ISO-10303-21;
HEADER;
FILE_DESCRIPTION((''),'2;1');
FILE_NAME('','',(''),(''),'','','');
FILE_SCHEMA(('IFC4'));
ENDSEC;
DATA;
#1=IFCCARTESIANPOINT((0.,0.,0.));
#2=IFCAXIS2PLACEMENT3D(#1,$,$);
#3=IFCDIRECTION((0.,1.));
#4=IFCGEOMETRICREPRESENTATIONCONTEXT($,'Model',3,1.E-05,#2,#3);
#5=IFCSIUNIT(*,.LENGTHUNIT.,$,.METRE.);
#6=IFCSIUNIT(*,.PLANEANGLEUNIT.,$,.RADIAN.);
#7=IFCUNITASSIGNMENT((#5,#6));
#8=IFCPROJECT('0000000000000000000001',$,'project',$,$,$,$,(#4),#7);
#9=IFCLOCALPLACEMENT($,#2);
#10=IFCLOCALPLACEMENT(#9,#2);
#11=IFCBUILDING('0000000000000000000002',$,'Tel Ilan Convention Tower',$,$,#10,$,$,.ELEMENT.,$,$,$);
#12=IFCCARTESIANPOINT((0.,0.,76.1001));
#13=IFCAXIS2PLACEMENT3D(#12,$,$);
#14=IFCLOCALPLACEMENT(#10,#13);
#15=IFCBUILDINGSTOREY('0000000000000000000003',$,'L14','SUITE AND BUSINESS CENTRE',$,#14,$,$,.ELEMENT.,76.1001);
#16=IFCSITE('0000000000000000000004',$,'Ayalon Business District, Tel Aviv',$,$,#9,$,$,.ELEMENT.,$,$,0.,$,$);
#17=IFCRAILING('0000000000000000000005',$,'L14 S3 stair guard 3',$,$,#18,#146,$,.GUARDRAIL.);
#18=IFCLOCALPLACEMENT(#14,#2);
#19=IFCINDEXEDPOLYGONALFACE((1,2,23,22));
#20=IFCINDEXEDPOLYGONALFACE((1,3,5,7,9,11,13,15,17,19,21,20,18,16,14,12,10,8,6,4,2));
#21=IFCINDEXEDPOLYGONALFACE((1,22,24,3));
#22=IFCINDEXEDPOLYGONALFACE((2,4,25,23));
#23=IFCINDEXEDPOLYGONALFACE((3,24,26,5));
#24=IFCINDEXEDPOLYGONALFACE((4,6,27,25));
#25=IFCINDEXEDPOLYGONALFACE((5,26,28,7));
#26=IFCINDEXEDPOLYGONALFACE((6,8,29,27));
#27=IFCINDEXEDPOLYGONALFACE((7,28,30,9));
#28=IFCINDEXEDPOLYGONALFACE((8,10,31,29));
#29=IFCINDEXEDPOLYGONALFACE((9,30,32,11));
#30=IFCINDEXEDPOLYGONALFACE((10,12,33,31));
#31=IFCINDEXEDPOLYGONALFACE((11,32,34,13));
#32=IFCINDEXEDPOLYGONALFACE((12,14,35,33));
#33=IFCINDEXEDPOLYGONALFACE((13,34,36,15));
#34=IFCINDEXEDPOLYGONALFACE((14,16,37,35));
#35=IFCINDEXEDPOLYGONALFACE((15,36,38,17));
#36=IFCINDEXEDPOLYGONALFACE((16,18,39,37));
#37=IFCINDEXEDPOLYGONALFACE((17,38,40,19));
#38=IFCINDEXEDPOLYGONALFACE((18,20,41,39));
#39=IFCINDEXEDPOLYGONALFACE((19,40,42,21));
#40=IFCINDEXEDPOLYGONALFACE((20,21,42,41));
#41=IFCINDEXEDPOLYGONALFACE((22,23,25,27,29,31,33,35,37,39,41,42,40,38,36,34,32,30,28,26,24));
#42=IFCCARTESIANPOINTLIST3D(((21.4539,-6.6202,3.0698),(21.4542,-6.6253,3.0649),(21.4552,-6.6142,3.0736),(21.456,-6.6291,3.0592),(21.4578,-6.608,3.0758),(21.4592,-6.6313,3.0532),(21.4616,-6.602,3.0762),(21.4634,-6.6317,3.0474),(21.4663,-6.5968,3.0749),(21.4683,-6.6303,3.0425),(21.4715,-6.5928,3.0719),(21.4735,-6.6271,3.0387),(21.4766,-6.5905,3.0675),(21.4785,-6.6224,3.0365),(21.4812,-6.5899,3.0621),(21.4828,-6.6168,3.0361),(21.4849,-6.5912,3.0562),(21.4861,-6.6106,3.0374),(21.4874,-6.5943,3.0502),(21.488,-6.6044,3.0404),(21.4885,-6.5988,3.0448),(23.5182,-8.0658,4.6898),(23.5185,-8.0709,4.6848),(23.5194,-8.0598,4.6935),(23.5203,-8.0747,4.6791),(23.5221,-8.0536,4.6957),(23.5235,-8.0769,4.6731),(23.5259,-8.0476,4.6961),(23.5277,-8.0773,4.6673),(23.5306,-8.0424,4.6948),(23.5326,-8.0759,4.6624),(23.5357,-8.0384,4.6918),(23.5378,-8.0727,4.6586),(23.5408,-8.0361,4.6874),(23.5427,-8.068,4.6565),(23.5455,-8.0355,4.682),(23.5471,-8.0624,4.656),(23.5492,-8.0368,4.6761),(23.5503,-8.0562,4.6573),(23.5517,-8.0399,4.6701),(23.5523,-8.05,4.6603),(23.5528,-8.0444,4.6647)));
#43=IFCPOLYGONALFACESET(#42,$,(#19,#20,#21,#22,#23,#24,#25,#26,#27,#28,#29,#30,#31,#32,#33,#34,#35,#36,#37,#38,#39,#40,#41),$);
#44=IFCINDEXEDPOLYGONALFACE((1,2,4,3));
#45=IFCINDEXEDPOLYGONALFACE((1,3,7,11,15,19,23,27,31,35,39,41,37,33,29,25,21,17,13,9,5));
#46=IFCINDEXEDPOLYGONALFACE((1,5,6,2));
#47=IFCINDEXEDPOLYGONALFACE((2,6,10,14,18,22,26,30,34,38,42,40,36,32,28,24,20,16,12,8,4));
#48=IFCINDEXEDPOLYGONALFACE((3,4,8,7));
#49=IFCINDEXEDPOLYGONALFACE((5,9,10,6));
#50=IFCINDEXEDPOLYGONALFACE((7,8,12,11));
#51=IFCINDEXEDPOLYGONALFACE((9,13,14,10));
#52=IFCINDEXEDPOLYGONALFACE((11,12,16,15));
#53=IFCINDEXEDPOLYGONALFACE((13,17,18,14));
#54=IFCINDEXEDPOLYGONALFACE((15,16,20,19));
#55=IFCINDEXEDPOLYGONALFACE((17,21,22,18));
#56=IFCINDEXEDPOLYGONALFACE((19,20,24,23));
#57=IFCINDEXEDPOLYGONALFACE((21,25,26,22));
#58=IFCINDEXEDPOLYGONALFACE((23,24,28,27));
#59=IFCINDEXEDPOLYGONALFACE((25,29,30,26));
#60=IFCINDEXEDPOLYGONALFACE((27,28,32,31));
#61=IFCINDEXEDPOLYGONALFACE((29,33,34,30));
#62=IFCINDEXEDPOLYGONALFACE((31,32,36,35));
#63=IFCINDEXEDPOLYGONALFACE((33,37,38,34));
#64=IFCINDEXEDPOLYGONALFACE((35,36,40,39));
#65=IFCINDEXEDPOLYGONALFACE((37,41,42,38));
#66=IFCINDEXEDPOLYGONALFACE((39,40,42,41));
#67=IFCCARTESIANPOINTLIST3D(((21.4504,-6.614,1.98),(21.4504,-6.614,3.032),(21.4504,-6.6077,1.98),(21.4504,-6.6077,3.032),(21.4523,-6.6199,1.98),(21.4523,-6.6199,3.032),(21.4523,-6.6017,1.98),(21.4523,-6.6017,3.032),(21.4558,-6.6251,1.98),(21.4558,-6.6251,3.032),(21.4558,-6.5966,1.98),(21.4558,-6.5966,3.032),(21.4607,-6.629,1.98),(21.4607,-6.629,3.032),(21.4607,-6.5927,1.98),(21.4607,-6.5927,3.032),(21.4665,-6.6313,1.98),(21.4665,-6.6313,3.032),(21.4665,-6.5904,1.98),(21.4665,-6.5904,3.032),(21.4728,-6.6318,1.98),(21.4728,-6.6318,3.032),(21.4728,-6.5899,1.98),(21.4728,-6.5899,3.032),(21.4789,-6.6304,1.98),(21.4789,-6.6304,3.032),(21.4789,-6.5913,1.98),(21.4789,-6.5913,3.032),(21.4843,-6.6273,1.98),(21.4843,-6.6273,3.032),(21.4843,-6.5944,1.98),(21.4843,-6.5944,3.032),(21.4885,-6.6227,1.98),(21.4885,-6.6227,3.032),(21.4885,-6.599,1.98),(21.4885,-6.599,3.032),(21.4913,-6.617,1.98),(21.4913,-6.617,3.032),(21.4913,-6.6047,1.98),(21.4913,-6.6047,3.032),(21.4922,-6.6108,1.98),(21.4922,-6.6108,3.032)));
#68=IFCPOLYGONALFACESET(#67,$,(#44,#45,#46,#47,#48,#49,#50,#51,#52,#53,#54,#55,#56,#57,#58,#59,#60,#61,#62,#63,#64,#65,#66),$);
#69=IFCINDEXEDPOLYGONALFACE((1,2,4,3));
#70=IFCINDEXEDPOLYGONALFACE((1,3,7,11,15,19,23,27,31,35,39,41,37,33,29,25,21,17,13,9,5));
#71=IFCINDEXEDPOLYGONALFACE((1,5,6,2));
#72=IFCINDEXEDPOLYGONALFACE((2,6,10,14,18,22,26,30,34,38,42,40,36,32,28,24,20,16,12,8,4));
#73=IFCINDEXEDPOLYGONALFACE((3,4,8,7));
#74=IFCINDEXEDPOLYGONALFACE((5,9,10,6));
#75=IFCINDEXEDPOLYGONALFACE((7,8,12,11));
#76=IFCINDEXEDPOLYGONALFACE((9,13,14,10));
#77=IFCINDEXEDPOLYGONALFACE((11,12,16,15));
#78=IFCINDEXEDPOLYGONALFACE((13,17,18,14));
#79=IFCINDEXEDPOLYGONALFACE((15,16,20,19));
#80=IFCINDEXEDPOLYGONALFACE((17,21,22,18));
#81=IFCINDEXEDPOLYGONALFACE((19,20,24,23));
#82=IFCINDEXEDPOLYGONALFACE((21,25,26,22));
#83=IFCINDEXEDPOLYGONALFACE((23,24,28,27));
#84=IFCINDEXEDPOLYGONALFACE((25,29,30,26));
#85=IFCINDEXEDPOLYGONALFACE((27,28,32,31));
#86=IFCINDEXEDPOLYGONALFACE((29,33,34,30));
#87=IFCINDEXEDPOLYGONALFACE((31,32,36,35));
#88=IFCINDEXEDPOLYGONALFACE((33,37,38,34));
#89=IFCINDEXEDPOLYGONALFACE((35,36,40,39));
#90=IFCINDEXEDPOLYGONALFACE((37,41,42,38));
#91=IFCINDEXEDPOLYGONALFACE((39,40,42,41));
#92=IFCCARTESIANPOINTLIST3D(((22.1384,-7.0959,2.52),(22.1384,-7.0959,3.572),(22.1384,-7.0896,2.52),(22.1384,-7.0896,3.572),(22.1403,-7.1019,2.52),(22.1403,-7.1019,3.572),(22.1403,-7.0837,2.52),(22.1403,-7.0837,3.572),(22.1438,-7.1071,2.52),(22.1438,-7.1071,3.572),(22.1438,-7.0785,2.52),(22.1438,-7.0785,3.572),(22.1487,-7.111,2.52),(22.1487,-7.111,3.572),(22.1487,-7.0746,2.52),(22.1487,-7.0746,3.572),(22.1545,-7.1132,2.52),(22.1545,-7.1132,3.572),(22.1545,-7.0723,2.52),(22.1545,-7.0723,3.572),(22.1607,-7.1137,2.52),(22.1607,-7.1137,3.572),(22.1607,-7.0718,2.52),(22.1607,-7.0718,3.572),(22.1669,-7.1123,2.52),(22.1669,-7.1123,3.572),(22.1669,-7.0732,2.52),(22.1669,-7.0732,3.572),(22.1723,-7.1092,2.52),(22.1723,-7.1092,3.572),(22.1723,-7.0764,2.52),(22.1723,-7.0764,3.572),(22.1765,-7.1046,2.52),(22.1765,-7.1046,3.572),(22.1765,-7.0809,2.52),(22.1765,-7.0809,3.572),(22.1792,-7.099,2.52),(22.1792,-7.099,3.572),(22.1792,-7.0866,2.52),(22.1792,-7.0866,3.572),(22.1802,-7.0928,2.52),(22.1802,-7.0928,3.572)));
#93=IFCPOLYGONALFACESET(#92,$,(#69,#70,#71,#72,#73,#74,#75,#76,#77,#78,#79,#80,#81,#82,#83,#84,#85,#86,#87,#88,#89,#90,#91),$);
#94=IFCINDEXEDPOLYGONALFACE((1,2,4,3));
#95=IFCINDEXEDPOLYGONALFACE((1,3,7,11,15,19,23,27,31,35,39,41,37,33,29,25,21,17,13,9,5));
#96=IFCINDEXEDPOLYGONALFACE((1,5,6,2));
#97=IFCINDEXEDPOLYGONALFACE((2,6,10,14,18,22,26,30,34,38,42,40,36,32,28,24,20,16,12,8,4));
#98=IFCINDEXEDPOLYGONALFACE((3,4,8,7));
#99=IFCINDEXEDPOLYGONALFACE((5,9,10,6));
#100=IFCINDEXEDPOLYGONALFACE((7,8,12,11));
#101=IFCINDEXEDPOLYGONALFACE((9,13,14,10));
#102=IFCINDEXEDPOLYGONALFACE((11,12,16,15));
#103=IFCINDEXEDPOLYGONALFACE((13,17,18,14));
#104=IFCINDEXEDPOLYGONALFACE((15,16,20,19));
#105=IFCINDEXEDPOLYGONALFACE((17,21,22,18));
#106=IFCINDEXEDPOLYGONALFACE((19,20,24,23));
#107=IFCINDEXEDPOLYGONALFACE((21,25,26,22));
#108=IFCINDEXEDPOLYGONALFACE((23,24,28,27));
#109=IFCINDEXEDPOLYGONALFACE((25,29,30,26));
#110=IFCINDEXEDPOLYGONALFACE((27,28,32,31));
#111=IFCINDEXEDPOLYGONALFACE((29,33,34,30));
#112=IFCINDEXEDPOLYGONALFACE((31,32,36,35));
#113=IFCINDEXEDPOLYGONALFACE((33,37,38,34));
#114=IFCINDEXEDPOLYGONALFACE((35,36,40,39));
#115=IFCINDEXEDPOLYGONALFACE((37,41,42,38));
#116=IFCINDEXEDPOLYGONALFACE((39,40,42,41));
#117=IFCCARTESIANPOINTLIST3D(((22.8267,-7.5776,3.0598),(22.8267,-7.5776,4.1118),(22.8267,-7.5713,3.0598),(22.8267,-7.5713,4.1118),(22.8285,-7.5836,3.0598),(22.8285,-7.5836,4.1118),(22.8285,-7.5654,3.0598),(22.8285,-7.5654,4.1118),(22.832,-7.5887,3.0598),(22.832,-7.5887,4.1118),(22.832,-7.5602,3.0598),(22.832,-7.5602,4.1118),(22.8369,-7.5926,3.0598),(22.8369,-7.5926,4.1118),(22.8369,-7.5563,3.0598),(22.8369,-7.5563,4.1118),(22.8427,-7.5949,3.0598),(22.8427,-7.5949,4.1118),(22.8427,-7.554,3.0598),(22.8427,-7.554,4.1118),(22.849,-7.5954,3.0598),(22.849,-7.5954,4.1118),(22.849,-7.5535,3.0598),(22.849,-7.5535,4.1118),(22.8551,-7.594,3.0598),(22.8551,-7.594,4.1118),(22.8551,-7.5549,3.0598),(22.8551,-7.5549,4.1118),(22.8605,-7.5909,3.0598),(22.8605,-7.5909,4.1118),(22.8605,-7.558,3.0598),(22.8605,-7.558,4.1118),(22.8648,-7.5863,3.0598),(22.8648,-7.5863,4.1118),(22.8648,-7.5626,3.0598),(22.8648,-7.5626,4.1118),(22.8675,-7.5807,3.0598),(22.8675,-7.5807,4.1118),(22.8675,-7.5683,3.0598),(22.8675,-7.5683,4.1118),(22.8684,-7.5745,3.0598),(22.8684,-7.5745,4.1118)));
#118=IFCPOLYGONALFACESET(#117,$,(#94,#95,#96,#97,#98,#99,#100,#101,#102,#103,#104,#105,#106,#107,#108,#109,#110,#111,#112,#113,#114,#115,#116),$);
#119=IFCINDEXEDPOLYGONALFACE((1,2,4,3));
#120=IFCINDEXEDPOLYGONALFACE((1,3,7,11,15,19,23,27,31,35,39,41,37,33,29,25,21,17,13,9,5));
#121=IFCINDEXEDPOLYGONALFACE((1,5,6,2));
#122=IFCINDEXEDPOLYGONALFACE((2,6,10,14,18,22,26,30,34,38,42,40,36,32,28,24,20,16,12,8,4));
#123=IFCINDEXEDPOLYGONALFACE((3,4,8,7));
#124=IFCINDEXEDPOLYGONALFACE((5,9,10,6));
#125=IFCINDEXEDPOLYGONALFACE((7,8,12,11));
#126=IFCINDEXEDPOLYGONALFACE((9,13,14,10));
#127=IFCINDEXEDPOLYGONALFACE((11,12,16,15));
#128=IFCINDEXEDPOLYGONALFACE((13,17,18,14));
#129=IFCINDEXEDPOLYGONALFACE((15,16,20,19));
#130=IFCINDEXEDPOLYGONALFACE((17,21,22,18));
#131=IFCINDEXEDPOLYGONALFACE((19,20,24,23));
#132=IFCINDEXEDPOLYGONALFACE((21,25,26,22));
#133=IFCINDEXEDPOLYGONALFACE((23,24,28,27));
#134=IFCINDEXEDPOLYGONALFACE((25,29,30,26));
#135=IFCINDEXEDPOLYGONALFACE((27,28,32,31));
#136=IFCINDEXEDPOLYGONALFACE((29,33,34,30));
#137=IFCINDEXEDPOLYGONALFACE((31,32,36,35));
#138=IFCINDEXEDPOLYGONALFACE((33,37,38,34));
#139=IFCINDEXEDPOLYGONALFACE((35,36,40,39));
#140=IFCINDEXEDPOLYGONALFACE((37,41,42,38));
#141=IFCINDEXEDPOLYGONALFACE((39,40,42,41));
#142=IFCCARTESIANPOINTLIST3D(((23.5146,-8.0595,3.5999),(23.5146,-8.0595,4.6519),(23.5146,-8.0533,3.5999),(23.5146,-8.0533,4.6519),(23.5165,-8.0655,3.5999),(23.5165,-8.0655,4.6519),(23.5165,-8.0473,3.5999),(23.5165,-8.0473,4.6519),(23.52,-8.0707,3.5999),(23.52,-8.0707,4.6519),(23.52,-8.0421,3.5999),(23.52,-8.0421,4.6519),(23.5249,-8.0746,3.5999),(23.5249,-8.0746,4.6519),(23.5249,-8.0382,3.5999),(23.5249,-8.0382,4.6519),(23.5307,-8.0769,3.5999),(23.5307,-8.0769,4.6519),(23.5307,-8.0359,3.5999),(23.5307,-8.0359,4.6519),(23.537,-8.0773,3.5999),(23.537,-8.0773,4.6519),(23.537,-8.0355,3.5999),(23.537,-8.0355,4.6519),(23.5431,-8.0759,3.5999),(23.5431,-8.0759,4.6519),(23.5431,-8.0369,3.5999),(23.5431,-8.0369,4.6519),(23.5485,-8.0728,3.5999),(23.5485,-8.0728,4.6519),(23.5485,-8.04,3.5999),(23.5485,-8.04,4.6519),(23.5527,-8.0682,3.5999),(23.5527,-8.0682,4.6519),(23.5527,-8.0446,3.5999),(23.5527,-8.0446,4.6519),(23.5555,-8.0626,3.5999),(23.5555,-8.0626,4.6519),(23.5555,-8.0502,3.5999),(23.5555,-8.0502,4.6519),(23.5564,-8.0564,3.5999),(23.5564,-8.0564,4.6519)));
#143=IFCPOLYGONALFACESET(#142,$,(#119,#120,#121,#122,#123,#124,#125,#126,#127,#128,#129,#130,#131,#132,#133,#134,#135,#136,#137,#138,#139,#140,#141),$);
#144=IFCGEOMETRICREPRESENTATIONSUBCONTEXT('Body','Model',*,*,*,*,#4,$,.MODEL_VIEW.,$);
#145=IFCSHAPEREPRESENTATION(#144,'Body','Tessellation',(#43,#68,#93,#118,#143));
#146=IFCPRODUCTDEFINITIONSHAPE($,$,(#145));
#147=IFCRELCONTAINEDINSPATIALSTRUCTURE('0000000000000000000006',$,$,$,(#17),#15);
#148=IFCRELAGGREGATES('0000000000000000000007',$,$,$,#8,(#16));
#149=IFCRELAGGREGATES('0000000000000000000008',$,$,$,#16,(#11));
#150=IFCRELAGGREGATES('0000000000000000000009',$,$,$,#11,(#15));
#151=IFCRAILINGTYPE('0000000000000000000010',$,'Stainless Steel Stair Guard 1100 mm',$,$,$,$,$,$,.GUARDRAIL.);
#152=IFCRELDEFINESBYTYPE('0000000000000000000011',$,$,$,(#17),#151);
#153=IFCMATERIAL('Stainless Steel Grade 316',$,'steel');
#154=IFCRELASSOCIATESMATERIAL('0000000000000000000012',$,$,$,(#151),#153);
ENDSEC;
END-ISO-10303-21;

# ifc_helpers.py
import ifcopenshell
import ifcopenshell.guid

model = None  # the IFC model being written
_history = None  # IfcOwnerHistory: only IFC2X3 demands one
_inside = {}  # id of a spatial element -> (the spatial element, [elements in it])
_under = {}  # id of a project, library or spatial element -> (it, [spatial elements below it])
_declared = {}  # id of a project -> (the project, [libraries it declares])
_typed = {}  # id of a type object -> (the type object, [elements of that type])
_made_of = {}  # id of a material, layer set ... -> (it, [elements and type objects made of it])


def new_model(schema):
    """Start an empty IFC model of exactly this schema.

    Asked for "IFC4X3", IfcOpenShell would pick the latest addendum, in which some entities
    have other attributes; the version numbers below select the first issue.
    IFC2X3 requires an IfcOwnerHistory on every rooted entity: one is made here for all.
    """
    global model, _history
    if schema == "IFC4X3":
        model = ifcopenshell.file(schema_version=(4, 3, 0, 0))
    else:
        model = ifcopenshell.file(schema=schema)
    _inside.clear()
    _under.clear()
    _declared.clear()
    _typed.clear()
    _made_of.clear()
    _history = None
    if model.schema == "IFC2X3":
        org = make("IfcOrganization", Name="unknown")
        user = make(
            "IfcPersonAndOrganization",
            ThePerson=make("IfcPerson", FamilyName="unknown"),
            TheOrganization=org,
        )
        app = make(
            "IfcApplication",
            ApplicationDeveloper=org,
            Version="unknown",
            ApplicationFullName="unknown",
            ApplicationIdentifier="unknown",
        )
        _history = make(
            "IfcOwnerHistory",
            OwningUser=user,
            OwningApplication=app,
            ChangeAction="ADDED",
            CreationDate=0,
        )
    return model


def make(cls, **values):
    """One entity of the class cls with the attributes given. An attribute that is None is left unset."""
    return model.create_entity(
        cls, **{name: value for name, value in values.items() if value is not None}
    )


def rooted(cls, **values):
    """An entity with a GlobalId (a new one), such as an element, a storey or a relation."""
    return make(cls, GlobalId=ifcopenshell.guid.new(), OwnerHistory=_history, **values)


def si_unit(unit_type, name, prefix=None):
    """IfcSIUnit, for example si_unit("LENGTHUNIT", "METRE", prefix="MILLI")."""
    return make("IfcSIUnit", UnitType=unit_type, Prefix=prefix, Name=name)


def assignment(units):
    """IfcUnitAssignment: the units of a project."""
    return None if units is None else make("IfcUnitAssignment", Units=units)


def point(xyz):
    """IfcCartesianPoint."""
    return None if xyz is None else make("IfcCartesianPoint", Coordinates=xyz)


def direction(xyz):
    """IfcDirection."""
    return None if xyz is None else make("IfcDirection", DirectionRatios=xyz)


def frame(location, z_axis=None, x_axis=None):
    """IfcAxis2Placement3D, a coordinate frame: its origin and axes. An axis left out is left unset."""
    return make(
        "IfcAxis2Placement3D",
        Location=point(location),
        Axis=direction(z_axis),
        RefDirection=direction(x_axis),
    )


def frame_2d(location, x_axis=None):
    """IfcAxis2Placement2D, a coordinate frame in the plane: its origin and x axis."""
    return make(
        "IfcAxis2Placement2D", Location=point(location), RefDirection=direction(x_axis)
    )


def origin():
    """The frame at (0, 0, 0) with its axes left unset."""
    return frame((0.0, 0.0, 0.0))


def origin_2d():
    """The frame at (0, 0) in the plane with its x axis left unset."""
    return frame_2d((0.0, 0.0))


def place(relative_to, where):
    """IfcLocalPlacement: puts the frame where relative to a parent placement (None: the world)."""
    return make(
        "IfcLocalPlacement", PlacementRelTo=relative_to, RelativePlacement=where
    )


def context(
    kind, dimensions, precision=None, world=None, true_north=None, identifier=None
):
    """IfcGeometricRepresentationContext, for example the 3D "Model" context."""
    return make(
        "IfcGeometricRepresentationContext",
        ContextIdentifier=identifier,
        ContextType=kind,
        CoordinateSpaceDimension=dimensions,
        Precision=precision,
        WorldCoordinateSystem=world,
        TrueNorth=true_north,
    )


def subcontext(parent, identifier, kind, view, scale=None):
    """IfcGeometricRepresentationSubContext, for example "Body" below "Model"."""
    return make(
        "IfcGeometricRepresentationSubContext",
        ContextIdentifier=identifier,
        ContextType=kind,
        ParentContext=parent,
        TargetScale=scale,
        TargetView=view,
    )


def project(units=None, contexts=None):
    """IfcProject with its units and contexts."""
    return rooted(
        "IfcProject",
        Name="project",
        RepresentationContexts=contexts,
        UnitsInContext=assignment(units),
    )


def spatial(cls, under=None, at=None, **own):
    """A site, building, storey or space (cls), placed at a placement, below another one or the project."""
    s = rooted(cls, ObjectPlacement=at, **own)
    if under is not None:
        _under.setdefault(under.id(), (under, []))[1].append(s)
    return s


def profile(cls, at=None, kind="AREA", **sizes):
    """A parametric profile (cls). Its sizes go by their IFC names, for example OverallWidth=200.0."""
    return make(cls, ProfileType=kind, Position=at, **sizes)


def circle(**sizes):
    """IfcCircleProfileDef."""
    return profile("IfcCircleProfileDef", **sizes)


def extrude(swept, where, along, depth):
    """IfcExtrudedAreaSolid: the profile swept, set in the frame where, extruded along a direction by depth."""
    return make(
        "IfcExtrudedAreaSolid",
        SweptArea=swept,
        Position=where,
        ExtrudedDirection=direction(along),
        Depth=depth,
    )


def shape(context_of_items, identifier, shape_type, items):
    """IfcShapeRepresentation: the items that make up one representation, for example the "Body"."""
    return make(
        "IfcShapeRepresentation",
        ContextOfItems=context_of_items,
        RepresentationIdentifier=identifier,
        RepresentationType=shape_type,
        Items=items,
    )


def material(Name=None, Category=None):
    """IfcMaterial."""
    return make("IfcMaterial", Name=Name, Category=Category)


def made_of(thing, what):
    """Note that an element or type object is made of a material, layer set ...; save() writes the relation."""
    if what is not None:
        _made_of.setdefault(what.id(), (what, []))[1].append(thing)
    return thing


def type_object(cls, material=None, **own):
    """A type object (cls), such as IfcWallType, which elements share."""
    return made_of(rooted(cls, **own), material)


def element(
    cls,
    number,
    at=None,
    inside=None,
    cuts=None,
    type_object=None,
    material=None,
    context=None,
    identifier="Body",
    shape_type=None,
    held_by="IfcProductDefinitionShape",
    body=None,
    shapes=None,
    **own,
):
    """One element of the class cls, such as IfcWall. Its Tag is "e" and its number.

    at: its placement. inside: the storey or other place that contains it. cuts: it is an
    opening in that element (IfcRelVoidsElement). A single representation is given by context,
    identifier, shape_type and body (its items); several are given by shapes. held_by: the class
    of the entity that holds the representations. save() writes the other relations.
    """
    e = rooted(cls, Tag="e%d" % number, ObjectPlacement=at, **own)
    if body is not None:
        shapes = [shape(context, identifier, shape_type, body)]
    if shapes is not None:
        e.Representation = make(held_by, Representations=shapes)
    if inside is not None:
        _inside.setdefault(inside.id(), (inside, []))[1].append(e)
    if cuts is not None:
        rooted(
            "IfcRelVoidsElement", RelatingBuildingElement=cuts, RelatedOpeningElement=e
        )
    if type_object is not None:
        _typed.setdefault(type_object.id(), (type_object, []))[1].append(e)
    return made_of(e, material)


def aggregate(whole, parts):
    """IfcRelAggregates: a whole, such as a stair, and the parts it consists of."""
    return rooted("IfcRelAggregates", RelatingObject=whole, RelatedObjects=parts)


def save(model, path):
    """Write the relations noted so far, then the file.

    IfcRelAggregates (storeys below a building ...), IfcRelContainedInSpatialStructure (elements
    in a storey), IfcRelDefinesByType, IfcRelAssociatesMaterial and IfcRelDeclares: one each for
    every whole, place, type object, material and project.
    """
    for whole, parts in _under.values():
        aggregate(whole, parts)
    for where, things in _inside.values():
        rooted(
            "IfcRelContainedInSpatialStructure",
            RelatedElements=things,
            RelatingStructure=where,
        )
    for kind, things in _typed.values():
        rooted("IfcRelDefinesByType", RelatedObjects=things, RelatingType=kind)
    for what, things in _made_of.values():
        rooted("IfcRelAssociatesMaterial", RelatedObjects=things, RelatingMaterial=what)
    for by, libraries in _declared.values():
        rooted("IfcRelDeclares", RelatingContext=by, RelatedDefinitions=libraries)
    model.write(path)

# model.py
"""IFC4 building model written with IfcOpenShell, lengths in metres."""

from ifc_helpers import new_model, si_unit, direction, frame, origin, origin_2d, place, context, subcontext, project, spatial, circle, extrude, material, type_object, element, save


model = new_model("IFC4")

# Units and contexts
model_context = context("Model", 3, precision=1e-05, world=origin(), true_north=direction((0.0, 1.0)))
body_context = subcontext(model_context, "Body", "Model", "MODEL_VIEW")
ifc_project = project(units=[si_unit("LENGTHUNIT", "METRE"), si_unit("PLANEANGLEUNIT", "RADIAN")], contexts=[model_context])

# Site, building, storey
site_placement = place(None, origin())
site = spatial("IfcSite", under=ifc_project, at=site_placement, Name="Ayalon Business District, Tel Aviv", CompositionType="ELEMENT", RefElevation=0.0)
building_placement = place(site_placement, origin())
building = spatial("IfcBuilding", under=site, at=building_placement, Name="Tel Ilan Convention Tower", CompositionType="ELEMENT")
storey_placement = place(building_placement, frame((0.0, 0.0, 76.1001)))
storey = spatial("IfcBuildingStorey", under=building, at=storey_placement, Name="L14", Description="SUITE AND BUSINESS CENTRE", CompositionType="ELEMENT", Elevation=76.1001)

# Railing
ifc_material_1 = material(Name="Stainless Steel Grade 316", Category="steel")
railing_type_1 = type_object("IfcRailingType", Name="Stainless Steel Stair Guard 1100 mm", PredefinedType="GUARDRAIL", material=ifc_material_1)
railing_1_placement = place(storey_placement, frame((21.4712, -6.6108, 1.98)))
element("IfcRailing", 1, at=railing_1_placement, inside=storey, type_object=railing_type_1, Name="L14 S3 stair guard 3", PredefinedType="GUARDRAIL", context=body_context, shape_type="SweptSolid", body=[
    extrude(circle(Radius=0.0239, at=origin_2d()), frame((0.0, 0.0, 1.0762), z_axis=(0.689043, -0.482534, 0.540722), x_axis=(0.573625, 0.819118, 0.0)), (0.0, 0.0, 1.0), 2.9958),
    extrude(circle(Radius=0.021, at=origin_2d()), origin(), (0.0, 0.0, 1.0), 1.052),
    extrude(circle(Radius=0.021, at=origin_2d()), frame((0.688, -0.4819, 0.54)), (0.0, 0.0, 1.0), 1.052),
    extrude(circle(Radius=0.021, at=origin_2d()), frame((1.3762, -0.9636, 1.0798)), (0.0, 0.0, 1.0), 1.052),
    extrude(circle(Radius=0.021, at=origin_2d()), frame((2.0642, -1.4456, 1.6199)), (0.0, 0.0, 1.0), 1.052),
])

save(model, "model.ifc")
